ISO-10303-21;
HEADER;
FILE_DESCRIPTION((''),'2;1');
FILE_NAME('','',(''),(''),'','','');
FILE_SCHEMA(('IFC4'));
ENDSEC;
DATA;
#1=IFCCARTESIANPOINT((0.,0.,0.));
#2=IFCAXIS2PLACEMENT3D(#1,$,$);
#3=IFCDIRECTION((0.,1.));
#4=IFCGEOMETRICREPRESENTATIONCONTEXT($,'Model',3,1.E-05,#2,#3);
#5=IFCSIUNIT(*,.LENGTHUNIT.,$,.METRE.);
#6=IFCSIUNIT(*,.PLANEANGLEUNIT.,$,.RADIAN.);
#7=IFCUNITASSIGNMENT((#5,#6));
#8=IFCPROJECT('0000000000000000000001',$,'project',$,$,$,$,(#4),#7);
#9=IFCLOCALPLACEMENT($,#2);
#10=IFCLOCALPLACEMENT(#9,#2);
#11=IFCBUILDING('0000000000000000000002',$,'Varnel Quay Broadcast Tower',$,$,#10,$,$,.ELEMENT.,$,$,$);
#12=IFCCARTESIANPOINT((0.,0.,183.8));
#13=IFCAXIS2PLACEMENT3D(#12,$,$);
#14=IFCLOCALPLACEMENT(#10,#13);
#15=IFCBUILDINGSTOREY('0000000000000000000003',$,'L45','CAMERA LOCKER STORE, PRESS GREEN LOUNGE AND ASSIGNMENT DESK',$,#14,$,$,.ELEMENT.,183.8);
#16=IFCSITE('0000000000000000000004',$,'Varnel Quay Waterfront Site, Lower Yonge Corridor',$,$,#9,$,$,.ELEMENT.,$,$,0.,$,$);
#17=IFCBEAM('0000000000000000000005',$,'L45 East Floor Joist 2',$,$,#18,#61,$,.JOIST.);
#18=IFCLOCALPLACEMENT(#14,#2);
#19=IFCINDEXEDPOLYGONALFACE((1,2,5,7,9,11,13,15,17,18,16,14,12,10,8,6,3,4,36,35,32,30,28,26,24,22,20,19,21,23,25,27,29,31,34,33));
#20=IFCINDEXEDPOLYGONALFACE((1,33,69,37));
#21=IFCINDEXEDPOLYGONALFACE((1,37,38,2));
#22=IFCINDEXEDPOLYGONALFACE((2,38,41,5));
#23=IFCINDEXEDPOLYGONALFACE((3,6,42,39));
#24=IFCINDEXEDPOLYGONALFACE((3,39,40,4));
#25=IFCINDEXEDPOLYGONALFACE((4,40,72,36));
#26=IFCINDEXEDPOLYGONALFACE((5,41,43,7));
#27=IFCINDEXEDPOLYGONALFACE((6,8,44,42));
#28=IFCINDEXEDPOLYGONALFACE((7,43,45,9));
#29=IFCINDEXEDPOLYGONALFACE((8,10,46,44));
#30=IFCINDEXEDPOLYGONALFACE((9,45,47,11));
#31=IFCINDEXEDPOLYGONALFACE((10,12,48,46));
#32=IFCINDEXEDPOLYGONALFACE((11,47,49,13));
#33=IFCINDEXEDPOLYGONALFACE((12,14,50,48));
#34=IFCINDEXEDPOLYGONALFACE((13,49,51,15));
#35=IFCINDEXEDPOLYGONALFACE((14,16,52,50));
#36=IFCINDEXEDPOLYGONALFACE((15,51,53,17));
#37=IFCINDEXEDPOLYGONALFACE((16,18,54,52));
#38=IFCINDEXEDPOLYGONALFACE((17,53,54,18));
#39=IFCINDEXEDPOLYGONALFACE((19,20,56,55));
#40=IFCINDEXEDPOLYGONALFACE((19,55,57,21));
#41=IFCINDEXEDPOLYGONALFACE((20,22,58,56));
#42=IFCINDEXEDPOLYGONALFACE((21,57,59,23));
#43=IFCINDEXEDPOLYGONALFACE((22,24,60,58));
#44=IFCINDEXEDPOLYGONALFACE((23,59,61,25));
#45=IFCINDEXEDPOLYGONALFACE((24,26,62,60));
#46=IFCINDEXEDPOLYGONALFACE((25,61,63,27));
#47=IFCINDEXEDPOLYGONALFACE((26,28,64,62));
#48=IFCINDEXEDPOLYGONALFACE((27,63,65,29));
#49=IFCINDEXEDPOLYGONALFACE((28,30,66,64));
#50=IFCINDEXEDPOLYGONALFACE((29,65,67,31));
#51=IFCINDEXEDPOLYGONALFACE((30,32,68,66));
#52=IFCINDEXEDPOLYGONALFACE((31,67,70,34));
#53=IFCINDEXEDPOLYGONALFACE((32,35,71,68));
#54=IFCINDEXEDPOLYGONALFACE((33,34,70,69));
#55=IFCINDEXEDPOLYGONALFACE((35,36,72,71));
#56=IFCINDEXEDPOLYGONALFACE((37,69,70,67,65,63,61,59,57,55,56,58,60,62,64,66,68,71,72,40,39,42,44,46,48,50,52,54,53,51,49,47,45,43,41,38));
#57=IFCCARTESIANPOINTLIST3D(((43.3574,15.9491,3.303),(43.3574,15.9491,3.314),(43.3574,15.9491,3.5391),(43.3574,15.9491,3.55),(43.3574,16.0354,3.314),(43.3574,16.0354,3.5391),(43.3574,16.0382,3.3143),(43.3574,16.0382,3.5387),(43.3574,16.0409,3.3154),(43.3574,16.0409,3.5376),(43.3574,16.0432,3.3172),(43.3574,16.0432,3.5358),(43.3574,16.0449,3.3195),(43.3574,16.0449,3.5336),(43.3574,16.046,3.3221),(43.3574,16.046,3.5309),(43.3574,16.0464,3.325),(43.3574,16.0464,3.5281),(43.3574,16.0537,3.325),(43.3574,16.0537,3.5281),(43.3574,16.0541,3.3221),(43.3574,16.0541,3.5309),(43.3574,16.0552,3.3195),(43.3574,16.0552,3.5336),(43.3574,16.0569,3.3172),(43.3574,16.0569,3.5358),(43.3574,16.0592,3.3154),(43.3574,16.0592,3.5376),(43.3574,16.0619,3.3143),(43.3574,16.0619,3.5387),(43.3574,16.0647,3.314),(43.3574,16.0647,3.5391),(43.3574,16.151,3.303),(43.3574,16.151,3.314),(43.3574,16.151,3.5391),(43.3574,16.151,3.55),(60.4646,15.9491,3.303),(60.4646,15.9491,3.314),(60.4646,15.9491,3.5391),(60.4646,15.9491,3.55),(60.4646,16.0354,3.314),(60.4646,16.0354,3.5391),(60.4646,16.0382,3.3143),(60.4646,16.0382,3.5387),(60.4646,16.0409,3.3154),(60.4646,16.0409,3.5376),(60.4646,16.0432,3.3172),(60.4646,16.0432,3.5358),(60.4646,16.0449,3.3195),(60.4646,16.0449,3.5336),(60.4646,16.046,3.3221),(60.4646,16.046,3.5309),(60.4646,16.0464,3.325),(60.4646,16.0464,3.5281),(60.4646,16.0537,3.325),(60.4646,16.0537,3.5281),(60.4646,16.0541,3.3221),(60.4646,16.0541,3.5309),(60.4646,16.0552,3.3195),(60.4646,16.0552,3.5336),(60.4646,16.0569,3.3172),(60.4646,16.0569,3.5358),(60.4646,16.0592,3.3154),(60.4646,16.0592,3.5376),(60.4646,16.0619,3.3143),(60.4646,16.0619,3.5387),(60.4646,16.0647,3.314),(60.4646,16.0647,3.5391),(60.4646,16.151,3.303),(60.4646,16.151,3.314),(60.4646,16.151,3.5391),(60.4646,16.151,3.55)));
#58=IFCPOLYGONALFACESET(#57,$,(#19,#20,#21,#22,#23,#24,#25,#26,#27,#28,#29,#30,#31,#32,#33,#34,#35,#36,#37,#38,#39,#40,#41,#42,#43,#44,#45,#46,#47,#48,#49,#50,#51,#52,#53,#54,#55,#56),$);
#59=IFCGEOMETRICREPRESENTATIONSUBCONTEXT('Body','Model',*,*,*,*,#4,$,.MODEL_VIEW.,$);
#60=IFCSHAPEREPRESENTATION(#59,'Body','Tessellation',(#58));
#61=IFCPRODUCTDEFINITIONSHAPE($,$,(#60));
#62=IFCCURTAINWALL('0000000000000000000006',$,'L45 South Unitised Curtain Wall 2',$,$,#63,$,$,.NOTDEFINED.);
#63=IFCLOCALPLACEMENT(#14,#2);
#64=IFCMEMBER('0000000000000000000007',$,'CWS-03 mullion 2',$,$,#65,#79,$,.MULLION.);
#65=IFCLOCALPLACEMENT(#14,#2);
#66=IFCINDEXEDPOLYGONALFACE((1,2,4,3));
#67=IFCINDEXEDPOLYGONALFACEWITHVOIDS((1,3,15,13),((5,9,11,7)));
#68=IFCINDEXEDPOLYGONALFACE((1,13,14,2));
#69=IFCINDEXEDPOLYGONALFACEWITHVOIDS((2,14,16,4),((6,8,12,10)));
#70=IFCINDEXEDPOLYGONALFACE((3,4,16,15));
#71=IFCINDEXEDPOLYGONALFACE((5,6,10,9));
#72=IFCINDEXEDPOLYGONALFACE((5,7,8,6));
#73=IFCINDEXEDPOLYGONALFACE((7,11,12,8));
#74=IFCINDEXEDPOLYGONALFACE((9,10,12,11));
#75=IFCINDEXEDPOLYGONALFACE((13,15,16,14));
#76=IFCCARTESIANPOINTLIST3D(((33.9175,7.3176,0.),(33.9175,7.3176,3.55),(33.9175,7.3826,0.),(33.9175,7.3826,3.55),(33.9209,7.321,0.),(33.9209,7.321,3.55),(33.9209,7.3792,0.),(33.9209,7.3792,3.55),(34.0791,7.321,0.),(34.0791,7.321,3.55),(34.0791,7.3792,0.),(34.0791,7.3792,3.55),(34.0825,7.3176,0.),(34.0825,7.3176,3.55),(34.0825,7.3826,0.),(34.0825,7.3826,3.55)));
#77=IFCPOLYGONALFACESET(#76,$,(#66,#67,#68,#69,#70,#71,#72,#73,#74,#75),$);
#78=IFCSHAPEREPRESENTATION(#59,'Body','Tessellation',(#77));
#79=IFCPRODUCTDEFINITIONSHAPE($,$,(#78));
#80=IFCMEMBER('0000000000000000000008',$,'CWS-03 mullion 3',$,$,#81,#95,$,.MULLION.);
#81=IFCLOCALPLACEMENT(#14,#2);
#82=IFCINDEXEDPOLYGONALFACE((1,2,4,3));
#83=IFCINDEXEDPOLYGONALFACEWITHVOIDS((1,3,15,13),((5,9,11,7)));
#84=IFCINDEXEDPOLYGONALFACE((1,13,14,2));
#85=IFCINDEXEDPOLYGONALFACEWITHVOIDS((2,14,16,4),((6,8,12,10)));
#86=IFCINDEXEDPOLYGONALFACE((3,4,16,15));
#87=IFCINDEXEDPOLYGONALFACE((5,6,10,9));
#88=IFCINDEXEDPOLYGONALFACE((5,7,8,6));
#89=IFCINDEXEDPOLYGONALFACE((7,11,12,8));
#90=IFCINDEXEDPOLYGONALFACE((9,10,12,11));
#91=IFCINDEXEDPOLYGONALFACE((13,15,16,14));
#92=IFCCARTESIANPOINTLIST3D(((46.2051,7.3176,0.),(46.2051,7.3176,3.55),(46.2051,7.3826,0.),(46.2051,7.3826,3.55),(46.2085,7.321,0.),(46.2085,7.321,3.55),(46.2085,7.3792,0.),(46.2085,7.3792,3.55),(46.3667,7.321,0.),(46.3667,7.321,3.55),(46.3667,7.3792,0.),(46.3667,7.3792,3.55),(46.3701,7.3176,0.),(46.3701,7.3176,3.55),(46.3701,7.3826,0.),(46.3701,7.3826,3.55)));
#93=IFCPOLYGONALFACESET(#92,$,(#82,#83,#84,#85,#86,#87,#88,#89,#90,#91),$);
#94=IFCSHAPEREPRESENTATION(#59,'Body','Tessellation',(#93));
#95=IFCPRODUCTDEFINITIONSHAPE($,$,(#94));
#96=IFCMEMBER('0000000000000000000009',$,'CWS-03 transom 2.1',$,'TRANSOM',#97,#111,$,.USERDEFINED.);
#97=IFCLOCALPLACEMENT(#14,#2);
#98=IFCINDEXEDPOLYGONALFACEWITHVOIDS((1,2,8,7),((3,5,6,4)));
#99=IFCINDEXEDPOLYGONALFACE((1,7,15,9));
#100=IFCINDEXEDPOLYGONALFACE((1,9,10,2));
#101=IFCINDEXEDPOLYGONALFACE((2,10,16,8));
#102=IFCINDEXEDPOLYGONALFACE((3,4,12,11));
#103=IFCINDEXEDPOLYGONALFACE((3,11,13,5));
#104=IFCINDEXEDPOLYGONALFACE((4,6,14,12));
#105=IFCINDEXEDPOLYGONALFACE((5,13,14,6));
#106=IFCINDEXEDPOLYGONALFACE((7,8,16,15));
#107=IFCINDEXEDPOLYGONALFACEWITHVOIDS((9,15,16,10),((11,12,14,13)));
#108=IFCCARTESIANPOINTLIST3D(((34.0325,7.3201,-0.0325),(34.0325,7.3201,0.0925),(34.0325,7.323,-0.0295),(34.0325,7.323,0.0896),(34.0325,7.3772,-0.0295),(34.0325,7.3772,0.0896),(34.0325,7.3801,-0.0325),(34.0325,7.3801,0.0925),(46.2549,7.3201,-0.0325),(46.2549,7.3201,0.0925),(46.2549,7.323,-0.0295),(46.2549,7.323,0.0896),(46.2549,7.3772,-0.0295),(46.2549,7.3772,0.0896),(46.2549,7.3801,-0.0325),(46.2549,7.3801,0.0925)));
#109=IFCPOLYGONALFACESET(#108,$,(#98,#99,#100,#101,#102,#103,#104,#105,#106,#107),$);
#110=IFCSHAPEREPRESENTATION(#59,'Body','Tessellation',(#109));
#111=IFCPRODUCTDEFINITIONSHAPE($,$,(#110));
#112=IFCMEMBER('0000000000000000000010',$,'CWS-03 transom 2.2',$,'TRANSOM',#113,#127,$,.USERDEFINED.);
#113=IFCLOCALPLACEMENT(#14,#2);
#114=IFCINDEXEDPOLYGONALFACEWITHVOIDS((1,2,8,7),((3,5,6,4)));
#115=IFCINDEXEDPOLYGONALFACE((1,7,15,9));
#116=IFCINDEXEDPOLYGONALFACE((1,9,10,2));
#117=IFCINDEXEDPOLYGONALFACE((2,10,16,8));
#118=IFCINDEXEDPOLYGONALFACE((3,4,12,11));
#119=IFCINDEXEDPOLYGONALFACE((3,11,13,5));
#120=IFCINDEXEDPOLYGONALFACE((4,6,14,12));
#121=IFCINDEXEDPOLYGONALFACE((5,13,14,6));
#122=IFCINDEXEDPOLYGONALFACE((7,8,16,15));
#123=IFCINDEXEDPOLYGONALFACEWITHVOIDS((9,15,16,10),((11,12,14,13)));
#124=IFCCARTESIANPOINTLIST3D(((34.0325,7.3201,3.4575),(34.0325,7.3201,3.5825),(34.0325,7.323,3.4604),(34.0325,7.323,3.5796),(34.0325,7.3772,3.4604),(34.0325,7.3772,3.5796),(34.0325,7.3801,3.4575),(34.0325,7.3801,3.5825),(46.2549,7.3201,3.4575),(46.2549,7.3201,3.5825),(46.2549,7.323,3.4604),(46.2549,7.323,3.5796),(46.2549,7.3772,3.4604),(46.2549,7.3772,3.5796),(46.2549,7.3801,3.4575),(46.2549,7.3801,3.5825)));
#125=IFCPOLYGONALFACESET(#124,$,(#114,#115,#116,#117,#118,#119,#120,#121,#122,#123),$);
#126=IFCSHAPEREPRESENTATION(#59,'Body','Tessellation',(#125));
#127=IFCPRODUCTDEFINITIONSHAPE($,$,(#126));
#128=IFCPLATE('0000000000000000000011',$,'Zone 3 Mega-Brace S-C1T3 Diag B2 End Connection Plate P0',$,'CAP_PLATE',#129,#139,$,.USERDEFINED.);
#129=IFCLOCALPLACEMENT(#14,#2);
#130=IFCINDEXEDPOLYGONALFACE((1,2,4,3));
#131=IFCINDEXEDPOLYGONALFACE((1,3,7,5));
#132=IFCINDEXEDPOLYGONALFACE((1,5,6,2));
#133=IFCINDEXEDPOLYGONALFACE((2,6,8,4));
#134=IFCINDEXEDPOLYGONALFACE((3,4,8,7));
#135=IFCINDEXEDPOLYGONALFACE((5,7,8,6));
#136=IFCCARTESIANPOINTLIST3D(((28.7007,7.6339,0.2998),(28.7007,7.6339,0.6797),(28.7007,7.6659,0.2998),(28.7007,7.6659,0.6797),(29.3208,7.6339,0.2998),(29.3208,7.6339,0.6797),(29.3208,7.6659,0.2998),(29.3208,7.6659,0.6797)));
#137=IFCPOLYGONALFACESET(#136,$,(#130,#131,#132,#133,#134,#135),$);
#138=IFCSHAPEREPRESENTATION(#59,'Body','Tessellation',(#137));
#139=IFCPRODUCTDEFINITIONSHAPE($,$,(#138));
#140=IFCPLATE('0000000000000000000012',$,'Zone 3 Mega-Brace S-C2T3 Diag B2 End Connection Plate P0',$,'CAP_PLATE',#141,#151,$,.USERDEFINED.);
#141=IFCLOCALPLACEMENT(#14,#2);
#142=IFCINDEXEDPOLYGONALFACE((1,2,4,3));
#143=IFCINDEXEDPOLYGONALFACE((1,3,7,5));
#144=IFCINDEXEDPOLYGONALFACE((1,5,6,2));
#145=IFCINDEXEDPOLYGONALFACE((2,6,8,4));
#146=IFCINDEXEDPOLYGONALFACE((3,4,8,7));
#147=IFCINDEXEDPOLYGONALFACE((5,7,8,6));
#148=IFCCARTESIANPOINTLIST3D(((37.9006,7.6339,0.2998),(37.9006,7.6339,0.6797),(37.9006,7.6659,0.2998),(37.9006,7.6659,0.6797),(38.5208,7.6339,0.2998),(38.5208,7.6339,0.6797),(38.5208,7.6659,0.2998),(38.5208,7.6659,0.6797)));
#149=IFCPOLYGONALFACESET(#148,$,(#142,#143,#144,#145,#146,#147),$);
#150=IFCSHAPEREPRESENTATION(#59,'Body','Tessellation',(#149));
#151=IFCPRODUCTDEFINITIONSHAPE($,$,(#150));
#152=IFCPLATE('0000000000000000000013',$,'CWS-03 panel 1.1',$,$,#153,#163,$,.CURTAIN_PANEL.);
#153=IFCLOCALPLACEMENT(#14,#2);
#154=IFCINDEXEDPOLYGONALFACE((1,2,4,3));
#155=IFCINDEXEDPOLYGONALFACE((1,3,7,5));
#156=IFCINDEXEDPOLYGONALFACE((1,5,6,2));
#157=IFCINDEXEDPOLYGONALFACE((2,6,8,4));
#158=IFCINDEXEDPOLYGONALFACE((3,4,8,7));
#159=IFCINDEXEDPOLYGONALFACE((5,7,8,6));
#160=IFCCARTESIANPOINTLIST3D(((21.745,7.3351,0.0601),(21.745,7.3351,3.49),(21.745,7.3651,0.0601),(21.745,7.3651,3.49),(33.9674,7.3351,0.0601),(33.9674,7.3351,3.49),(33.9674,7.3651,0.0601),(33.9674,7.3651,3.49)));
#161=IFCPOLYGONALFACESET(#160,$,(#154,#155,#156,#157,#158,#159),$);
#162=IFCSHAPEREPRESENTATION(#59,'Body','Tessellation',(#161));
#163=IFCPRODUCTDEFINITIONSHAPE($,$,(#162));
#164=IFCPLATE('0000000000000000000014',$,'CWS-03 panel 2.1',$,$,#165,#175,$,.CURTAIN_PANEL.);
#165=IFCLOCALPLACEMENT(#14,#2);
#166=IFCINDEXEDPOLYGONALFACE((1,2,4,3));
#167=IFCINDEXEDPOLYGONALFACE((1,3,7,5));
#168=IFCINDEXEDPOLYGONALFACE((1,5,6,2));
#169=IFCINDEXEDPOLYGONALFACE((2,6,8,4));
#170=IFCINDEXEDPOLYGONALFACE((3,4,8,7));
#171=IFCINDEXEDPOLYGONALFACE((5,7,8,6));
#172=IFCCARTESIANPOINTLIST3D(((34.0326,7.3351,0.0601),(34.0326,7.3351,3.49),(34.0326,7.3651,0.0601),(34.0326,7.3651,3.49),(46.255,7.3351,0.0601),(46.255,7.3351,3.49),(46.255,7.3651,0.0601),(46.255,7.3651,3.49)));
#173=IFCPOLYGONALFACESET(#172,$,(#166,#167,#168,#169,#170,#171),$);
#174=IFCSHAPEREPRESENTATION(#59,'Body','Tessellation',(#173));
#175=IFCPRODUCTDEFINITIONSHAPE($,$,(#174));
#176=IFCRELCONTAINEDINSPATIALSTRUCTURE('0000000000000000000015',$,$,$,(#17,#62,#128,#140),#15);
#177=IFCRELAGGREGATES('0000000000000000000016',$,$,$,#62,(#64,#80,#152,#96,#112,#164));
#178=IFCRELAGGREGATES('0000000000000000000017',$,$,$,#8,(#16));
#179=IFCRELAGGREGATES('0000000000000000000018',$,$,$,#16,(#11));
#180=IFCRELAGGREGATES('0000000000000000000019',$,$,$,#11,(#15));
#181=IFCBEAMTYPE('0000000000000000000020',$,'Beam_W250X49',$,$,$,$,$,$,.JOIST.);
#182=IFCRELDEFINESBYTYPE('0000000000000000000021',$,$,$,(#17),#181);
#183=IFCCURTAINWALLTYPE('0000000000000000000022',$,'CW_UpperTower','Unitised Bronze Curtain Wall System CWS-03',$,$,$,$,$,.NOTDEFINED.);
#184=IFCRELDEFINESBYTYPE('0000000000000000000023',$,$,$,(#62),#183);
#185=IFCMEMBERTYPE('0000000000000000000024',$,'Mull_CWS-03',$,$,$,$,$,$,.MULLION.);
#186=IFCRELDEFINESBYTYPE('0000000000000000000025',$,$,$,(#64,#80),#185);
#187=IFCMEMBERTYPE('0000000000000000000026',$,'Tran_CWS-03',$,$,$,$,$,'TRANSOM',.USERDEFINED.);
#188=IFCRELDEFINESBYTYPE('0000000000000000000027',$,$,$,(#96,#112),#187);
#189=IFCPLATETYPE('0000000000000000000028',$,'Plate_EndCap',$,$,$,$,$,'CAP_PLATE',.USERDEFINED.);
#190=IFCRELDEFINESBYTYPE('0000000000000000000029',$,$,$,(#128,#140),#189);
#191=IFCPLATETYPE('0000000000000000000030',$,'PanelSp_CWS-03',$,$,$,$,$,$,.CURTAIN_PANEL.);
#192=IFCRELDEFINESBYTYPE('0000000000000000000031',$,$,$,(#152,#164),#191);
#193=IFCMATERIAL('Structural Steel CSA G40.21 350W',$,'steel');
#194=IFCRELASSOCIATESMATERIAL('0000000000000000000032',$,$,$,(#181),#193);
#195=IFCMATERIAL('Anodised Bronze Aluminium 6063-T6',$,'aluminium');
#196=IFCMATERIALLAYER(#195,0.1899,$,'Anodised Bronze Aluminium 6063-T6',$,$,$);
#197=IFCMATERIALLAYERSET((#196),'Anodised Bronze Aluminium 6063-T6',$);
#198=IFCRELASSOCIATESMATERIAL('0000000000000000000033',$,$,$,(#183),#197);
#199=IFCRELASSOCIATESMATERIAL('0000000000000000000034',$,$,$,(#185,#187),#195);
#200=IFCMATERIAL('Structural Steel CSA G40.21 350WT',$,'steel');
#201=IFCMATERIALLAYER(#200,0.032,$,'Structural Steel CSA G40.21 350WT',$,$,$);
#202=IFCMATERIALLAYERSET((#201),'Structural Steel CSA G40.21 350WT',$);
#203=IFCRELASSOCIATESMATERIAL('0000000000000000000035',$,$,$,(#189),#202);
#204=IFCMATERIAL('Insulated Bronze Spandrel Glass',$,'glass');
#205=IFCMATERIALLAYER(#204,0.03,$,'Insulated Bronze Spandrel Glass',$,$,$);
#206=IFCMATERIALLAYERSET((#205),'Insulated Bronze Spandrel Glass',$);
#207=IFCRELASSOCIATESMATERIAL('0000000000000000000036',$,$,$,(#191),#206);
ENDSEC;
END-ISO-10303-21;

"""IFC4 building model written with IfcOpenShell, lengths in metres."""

from ifc_helpers import new_model, si_unit, direction, frame, origin, origin_2d, place, context, subcontext, project, spatial, rectangle, hollow_rectangle, i_section, extrude, source, transform, mapped, material, layer, layer_set, material_profile, profile_set, type_object, type_shapes, element, aggregate, save


model = new_model("IFC4")

# Units and contexts
model_context = context("Model", 3, precision=1e-05, world=origin(), true_north=direction((0.0, 1.0)))
body_context = subcontext(model_context, "Body", "Model", "MODEL_VIEW")
ifc_project = project(units=[si_unit("LENGTHUNIT", "METRE"), si_unit("PLANEANGLEUNIT", "RADIAN")], contexts=[model_context])

# Site, building, storey
site_placement = place(None, origin())
site = spatial("IfcSite", under=ifc_project, at=site_placement, Name="Varnel Quay Waterfront Site, Lower Yonge Corridor", CompositionType="ELEMENT", RefElevation=0.0)
building_placement = place(site_placement, origin())
building = spatial("IfcBuilding", under=site, at=building_placement, Name="Varnel Quay Broadcast Tower", CompositionType="ELEMENT")
storey_placement = place(building_placement, frame((0.0, 0.0, 183.8)))
storey = spatial("IfcBuildingStorey", under=building, at=storey_placement, Name="L45", Description="CAMERA LOCKER STORE, PRESS GREEN LOUNGE AND ASSIGNMENT DESK", CompositionType="ELEMENT", Elevation=183.8)

# Shared definitions
ifc_material_1 = material(Name="Structural Steel CSA G40.21 350W", Category="steel")

# Beam
ifc_material_profile_1 = material_profile(ifc_material_1, i_section(OverallWidth=0.2019, OverallDepth=0.2471, WebThickness=0.0073, FlangeThickness=0.011, FilletRadius=0.011, at=origin_2d()), Name="W250X49")
ifc_profile_set_1 = profile_set([ifc_material_profile_1], Name="Structural Steel CSA G40.21 350W")
beam_type_1 = type_object("IfcBeamType", Name="Beam_W250X49", PredefinedType="JOIST", material=ifc_profile_set_1)
shared_shape_1 = source(origin(), body_context, "Body", "SweptSolid", [
    extrude(i_section(OverallWidth=0.2019, OverallDepth=0.2471, WebThickness=0.0073, FlangeThickness=0.011, FilletRadius=0.011, at=origin_2d()), origin(), (0.0, 0.0, 1.0), 17.1072),
])
type_shapes(beam_type_1, [shared_shape_1])
beam_1_placement = place(storey_placement, frame((43.3574, 16.05, 3.4265), z_axis=(1.0, 0.0, 0.0), x_axis=(0.0, 1.0, 0.0)))
element("IfcBeam", 1, at=beam_1_placement, inside=storey, type_object=beam_type_1, Name="L45 East Floor Joist 2", PredefinedType="JOIST", context=body_context, shape_type="MappedRepresentation", body=[
    mapped(shared_shape_1, transform((0.0, 0.0, 0.0), x_axis=(1.0, 0.0, 0.0), y_axis=(0.0, 1.0, 0.0), z_axis=(0.0, 0.0, 1.0), scale=1.0)),
])

# Curtain wall, members
ifc_material_2 = material(Name="Anodised Bronze Aluminium 6063-T6", Category="aluminium")
ifc_layer_1 = layer(ifc_material_2, 0.1899, Name="Anodised Bronze Aluminium 6063-T6")
ifc_layer_set_1 = layer_set([ifc_layer_1], Name="Anodised Bronze Aluminium 6063-T6")
curtain_wall_type = type_object("IfcCurtainWallType", Name="CW_UpperTower", Description="Unitised Bronze Curtain Wall System CWS-03", PredefinedType="NOTDEFINED", material=ifc_layer_set_1)
curtain_wall_placement = place(storey_placement, origin())
curtain_wall = element("IfcCurtainWall", 2, at=curtain_wall_placement, inside=storey, type_object=curtain_wall_type, Name="L45 South Unitised Curtain Wall 2", PredefinedType="NOTDEFINED")
ifc_material_profile_2 = material_profile(ifc_material_2, hollow_rectangle(XDim=0.0649, YDim=0.165, WallThickness=0.0034, at=origin_2d()), Name="ALU65X165X3.5")
ifc_profile_set_2 = profile_set([ifc_material_profile_2], Name="Anodised Bronze Aluminium 6063-T6")
member_type_1 = type_object("IfcMemberType", Name="Mull_CWS-03", PredefinedType="MULLION", material=ifc_profile_set_2)
shared_shape_2 = source(origin(), body_context, "Body", "SweptSolid", [
    extrude(hollow_rectangle(XDim=0.0649, YDim=0.165, WallThickness=0.0034, at=origin_2d()), origin(), (0.0, 0.0, 1.0), 3.55),
])
type_shapes(member_type_1, [shared_shape_2])
member_1_placement = place(storey_placement, frame((34.0, 7.3501, 0.0), z_axis=(0.0, 0.0, 1.0), x_axis=(0.0, 1.0, 0.0)))
member_1 = element("IfcMember", 3, at=member_1_placement, type_object=member_type_1, Name="CWS-03 mullion 2", PredefinedType="MULLION", context=body_context, shape_type="MappedRepresentation", body=[
    mapped(shared_shape_2, transform((0.0, 0.0, 0.0), x_axis=(1.0, 0.0, 0.0), y_axis=(0.0, 1.0, 0.0), z_axis=(0.0, 0.0, 1.0), scale=1.0)),
])
member_2_placement = place(storey_placement, frame((46.2876, 7.3501, 0.0), z_axis=(0.0, 0.0, 1.0), x_axis=(0.0, 1.0, 0.0)))
member_2 = element("IfcMember", 4, at=member_2_placement, type_object=member_type_1, Name="CWS-03 mullion 3", PredefinedType="MULLION", context=body_context, shape_type="MappedRepresentation", body=[
    mapped(shared_shape_2, transform((0.0, 0.0, 0.0), x_axis=(1.0, 0.0, 0.0), y_axis=(0.0, 1.0, 0.0), z_axis=(0.0, 0.0, 1.0), scale=1.0)),
])
ifc_material_profile_3 = material_profile(ifc_material_2, hollow_rectangle(XDim=0.0601, YDim=0.125, WallThickness=0.0029, at=origin_2d()), Name="ALU60X125X3")
ifc_profile_set_3 = profile_set([ifc_material_profile_3], Name="Anodised Bronze Aluminium 6063-T6")
member_type_2 = type_object("IfcMemberType", Name="Tran_CWS-03", ElementType="TRANSOM", PredefinedType="USERDEFINED", material=ifc_profile_set_3)
shared_shape_3 = source(origin(), body_context, "Body", "SweptSolid", [
    extrude(hollow_rectangle(XDim=0.0601, YDim=0.125, WallThickness=0.0029, at=origin_2d()), origin(), (0.0, 0.0, 1.0), 12.2224),
])
type_shapes(member_type_2, [shared_shape_3])
member_3_placement = place(storey_placement, frame((34.0325, 7.3501, 0.03), z_axis=(1.0, 0.0, 0.0), x_axis=(0.0, 1.0, 0.0)))
member_3 = element("IfcMember", 5, at=member_3_placement, type_object=member_type_2, Name="CWS-03 transom 2.1", ObjectType="TRANSOM", PredefinedType="USERDEFINED", context=body_context, shape_type="MappedRepresentation", body=[
    mapped(shared_shape_3, transform((0.0, 0.0, 0.0), x_axis=(1.0, 0.0, 0.0), y_axis=(0.0, 1.0, 0.0), z_axis=(0.0, 0.0, 1.0), scale=1.0)),
])
member_4_placement = place(storey_placement, frame((34.0325, 7.3501, 3.52), z_axis=(1.0, 0.0, 0.0), x_axis=(0.0, 1.0, 0.0)))
member_4 = element("IfcMember", 6, at=member_4_placement, type_object=member_type_2, Name="CWS-03 transom 2.2", ObjectType="TRANSOM", PredefinedType="USERDEFINED", context=body_context, shape_type="MappedRepresentation", body=[
    mapped(shared_shape_3, transform((0.0, 0.0, 0.0), x_axis=(1.0, 0.0, 0.0), y_axis=(0.0, 1.0, 0.0), z_axis=(0.0, 0.0, 1.0), scale=1.0)),
])

# Plates
ifc_material_3 = material(Name="Structural Steel CSA G40.21 350WT", Category="steel")
ifc_layer_2 = layer(ifc_material_3, 0.032, Name="Structural Steel CSA G40.21 350WT")
ifc_layer_set_2 = layer_set([ifc_layer_2], Name="Structural Steel CSA G40.21 350WT")
plate_type_1 = type_object("IfcPlateType", Name="Plate_EndCap", ElementType="CAP_PLATE", PredefinedType="USERDEFINED", material=ifc_layer_set_2)
shared_shape_4 = source(origin(), body_context, "Body", "SweptSolid", [
    extrude(rectangle(XDim=0.6201, YDim=0.032, at=origin_2d()), origin(), (0.0, 0.0, 1.0), 0.3799),
])
type_shapes(plate_type_1, [shared_shape_4])
for number, where, z_axis, x_axis, name in (
    (7, (29.0107, 7.6499, 0.2998), (0.0, 0.0, 1.0), (1.0, 0.0, 0.0), "Zone 3 Mega-Brace S-C1T3 Diag B2 End Connection Plate P0"),
    (8, (38.2107, 7.6499, 0.2998), (0.0, 0.0, 1.0), (1.0, 0.0, 0.0), "Zone 3 Mega-Brace S-C2T3 Diag B2 End Connection Plate P0"),
):
    element("IfcPlate", number, at=place(storey_placement, frame(where, z_axis=z_axis, x_axis=x_axis)), inside=storey, type_object=plate_type_1, Name=name, ObjectType="CAP_PLATE", PredefinedType="USERDEFINED", context=body_context, shape_type="MappedRepresentation", body=[
        mapped(shared_shape_4, transform((0.0, 0.0, 0.0), x_axis=(1.0, 0.0, 0.0), y_axis=(0.0, 1.0, 0.0), z_axis=(0.0, 0.0, 1.0), scale=1.0)),
    ])

# Plates
ifc_material_4 = material(Name="Insulated Bronze Spandrel Glass", Category="glass")
ifc_layer_3 = layer(ifc_material_4, 0.03, Name="Insulated Bronze Spandrel Glass")
ifc_layer_set_3 = layer_set([ifc_layer_3], Name="Insulated Bronze Spandrel Glass")
plate_type_2 = type_object("IfcPlateType", Name="PanelSp_CWS-03", PredefinedType="CURTAIN_PANEL", material=ifc_layer_set_3)
shared_shape_5 = source(origin(), body_context, "Body", "SweptSolid", [
    extrude(rectangle(XDim=12.2224, YDim=0.03, at=origin_2d()), origin(), (0.0, 0.0, 1.0), 3.4299),
])
type_shapes(plate_type_2, [shared_shape_5])
plate_1_placement = place(storey_placement, frame((27.8562, 7.3501, 0.0601), z_axis=(0.0, 0.0, 1.0), x_axis=(1.0, 0.0, 0.0)))
plate_1 = element("IfcPlate", 9, at=plate_1_placement, type_object=plate_type_2, Name="CWS-03 panel 1.1", PredefinedType="CURTAIN_PANEL", context=body_context, shape_type="MappedRepresentation", body=[
    mapped(shared_shape_5, transform((0.0, 0.0, 0.0), x_axis=(1.0, 0.0, 0.0), y_axis=(0.0, 1.0, 0.0), z_axis=(0.0, 0.0, 1.0), scale=1.0)),
])
plate_2_placement = place(storey_placement, frame((40.1438, 7.3501, 0.0601), z_axis=(0.0, 0.0, 1.0), x_axis=(1.0, 0.0, 0.0)))
plate_2 = element("IfcPlate", 10, at=plate_2_placement, type_object=plate_type_2, Name="CWS-03 panel 2.1", PredefinedType="CURTAIN_PANEL", context=body_context, shape_type="MappedRepresentation", body=[
    mapped(shared_shape_5, transform((0.0, 0.0, 0.0), x_axis=(1.0, 0.0, 0.0), y_axis=(0.0, 1.0, 0.0), z_axis=(0.0, 0.0, 1.0), scale=1.0)),
])
aggregate(curtain_wall, [member_1, member_2, plate_1, member_3, member_4, plate_2])

save(model, "model.ifc")
